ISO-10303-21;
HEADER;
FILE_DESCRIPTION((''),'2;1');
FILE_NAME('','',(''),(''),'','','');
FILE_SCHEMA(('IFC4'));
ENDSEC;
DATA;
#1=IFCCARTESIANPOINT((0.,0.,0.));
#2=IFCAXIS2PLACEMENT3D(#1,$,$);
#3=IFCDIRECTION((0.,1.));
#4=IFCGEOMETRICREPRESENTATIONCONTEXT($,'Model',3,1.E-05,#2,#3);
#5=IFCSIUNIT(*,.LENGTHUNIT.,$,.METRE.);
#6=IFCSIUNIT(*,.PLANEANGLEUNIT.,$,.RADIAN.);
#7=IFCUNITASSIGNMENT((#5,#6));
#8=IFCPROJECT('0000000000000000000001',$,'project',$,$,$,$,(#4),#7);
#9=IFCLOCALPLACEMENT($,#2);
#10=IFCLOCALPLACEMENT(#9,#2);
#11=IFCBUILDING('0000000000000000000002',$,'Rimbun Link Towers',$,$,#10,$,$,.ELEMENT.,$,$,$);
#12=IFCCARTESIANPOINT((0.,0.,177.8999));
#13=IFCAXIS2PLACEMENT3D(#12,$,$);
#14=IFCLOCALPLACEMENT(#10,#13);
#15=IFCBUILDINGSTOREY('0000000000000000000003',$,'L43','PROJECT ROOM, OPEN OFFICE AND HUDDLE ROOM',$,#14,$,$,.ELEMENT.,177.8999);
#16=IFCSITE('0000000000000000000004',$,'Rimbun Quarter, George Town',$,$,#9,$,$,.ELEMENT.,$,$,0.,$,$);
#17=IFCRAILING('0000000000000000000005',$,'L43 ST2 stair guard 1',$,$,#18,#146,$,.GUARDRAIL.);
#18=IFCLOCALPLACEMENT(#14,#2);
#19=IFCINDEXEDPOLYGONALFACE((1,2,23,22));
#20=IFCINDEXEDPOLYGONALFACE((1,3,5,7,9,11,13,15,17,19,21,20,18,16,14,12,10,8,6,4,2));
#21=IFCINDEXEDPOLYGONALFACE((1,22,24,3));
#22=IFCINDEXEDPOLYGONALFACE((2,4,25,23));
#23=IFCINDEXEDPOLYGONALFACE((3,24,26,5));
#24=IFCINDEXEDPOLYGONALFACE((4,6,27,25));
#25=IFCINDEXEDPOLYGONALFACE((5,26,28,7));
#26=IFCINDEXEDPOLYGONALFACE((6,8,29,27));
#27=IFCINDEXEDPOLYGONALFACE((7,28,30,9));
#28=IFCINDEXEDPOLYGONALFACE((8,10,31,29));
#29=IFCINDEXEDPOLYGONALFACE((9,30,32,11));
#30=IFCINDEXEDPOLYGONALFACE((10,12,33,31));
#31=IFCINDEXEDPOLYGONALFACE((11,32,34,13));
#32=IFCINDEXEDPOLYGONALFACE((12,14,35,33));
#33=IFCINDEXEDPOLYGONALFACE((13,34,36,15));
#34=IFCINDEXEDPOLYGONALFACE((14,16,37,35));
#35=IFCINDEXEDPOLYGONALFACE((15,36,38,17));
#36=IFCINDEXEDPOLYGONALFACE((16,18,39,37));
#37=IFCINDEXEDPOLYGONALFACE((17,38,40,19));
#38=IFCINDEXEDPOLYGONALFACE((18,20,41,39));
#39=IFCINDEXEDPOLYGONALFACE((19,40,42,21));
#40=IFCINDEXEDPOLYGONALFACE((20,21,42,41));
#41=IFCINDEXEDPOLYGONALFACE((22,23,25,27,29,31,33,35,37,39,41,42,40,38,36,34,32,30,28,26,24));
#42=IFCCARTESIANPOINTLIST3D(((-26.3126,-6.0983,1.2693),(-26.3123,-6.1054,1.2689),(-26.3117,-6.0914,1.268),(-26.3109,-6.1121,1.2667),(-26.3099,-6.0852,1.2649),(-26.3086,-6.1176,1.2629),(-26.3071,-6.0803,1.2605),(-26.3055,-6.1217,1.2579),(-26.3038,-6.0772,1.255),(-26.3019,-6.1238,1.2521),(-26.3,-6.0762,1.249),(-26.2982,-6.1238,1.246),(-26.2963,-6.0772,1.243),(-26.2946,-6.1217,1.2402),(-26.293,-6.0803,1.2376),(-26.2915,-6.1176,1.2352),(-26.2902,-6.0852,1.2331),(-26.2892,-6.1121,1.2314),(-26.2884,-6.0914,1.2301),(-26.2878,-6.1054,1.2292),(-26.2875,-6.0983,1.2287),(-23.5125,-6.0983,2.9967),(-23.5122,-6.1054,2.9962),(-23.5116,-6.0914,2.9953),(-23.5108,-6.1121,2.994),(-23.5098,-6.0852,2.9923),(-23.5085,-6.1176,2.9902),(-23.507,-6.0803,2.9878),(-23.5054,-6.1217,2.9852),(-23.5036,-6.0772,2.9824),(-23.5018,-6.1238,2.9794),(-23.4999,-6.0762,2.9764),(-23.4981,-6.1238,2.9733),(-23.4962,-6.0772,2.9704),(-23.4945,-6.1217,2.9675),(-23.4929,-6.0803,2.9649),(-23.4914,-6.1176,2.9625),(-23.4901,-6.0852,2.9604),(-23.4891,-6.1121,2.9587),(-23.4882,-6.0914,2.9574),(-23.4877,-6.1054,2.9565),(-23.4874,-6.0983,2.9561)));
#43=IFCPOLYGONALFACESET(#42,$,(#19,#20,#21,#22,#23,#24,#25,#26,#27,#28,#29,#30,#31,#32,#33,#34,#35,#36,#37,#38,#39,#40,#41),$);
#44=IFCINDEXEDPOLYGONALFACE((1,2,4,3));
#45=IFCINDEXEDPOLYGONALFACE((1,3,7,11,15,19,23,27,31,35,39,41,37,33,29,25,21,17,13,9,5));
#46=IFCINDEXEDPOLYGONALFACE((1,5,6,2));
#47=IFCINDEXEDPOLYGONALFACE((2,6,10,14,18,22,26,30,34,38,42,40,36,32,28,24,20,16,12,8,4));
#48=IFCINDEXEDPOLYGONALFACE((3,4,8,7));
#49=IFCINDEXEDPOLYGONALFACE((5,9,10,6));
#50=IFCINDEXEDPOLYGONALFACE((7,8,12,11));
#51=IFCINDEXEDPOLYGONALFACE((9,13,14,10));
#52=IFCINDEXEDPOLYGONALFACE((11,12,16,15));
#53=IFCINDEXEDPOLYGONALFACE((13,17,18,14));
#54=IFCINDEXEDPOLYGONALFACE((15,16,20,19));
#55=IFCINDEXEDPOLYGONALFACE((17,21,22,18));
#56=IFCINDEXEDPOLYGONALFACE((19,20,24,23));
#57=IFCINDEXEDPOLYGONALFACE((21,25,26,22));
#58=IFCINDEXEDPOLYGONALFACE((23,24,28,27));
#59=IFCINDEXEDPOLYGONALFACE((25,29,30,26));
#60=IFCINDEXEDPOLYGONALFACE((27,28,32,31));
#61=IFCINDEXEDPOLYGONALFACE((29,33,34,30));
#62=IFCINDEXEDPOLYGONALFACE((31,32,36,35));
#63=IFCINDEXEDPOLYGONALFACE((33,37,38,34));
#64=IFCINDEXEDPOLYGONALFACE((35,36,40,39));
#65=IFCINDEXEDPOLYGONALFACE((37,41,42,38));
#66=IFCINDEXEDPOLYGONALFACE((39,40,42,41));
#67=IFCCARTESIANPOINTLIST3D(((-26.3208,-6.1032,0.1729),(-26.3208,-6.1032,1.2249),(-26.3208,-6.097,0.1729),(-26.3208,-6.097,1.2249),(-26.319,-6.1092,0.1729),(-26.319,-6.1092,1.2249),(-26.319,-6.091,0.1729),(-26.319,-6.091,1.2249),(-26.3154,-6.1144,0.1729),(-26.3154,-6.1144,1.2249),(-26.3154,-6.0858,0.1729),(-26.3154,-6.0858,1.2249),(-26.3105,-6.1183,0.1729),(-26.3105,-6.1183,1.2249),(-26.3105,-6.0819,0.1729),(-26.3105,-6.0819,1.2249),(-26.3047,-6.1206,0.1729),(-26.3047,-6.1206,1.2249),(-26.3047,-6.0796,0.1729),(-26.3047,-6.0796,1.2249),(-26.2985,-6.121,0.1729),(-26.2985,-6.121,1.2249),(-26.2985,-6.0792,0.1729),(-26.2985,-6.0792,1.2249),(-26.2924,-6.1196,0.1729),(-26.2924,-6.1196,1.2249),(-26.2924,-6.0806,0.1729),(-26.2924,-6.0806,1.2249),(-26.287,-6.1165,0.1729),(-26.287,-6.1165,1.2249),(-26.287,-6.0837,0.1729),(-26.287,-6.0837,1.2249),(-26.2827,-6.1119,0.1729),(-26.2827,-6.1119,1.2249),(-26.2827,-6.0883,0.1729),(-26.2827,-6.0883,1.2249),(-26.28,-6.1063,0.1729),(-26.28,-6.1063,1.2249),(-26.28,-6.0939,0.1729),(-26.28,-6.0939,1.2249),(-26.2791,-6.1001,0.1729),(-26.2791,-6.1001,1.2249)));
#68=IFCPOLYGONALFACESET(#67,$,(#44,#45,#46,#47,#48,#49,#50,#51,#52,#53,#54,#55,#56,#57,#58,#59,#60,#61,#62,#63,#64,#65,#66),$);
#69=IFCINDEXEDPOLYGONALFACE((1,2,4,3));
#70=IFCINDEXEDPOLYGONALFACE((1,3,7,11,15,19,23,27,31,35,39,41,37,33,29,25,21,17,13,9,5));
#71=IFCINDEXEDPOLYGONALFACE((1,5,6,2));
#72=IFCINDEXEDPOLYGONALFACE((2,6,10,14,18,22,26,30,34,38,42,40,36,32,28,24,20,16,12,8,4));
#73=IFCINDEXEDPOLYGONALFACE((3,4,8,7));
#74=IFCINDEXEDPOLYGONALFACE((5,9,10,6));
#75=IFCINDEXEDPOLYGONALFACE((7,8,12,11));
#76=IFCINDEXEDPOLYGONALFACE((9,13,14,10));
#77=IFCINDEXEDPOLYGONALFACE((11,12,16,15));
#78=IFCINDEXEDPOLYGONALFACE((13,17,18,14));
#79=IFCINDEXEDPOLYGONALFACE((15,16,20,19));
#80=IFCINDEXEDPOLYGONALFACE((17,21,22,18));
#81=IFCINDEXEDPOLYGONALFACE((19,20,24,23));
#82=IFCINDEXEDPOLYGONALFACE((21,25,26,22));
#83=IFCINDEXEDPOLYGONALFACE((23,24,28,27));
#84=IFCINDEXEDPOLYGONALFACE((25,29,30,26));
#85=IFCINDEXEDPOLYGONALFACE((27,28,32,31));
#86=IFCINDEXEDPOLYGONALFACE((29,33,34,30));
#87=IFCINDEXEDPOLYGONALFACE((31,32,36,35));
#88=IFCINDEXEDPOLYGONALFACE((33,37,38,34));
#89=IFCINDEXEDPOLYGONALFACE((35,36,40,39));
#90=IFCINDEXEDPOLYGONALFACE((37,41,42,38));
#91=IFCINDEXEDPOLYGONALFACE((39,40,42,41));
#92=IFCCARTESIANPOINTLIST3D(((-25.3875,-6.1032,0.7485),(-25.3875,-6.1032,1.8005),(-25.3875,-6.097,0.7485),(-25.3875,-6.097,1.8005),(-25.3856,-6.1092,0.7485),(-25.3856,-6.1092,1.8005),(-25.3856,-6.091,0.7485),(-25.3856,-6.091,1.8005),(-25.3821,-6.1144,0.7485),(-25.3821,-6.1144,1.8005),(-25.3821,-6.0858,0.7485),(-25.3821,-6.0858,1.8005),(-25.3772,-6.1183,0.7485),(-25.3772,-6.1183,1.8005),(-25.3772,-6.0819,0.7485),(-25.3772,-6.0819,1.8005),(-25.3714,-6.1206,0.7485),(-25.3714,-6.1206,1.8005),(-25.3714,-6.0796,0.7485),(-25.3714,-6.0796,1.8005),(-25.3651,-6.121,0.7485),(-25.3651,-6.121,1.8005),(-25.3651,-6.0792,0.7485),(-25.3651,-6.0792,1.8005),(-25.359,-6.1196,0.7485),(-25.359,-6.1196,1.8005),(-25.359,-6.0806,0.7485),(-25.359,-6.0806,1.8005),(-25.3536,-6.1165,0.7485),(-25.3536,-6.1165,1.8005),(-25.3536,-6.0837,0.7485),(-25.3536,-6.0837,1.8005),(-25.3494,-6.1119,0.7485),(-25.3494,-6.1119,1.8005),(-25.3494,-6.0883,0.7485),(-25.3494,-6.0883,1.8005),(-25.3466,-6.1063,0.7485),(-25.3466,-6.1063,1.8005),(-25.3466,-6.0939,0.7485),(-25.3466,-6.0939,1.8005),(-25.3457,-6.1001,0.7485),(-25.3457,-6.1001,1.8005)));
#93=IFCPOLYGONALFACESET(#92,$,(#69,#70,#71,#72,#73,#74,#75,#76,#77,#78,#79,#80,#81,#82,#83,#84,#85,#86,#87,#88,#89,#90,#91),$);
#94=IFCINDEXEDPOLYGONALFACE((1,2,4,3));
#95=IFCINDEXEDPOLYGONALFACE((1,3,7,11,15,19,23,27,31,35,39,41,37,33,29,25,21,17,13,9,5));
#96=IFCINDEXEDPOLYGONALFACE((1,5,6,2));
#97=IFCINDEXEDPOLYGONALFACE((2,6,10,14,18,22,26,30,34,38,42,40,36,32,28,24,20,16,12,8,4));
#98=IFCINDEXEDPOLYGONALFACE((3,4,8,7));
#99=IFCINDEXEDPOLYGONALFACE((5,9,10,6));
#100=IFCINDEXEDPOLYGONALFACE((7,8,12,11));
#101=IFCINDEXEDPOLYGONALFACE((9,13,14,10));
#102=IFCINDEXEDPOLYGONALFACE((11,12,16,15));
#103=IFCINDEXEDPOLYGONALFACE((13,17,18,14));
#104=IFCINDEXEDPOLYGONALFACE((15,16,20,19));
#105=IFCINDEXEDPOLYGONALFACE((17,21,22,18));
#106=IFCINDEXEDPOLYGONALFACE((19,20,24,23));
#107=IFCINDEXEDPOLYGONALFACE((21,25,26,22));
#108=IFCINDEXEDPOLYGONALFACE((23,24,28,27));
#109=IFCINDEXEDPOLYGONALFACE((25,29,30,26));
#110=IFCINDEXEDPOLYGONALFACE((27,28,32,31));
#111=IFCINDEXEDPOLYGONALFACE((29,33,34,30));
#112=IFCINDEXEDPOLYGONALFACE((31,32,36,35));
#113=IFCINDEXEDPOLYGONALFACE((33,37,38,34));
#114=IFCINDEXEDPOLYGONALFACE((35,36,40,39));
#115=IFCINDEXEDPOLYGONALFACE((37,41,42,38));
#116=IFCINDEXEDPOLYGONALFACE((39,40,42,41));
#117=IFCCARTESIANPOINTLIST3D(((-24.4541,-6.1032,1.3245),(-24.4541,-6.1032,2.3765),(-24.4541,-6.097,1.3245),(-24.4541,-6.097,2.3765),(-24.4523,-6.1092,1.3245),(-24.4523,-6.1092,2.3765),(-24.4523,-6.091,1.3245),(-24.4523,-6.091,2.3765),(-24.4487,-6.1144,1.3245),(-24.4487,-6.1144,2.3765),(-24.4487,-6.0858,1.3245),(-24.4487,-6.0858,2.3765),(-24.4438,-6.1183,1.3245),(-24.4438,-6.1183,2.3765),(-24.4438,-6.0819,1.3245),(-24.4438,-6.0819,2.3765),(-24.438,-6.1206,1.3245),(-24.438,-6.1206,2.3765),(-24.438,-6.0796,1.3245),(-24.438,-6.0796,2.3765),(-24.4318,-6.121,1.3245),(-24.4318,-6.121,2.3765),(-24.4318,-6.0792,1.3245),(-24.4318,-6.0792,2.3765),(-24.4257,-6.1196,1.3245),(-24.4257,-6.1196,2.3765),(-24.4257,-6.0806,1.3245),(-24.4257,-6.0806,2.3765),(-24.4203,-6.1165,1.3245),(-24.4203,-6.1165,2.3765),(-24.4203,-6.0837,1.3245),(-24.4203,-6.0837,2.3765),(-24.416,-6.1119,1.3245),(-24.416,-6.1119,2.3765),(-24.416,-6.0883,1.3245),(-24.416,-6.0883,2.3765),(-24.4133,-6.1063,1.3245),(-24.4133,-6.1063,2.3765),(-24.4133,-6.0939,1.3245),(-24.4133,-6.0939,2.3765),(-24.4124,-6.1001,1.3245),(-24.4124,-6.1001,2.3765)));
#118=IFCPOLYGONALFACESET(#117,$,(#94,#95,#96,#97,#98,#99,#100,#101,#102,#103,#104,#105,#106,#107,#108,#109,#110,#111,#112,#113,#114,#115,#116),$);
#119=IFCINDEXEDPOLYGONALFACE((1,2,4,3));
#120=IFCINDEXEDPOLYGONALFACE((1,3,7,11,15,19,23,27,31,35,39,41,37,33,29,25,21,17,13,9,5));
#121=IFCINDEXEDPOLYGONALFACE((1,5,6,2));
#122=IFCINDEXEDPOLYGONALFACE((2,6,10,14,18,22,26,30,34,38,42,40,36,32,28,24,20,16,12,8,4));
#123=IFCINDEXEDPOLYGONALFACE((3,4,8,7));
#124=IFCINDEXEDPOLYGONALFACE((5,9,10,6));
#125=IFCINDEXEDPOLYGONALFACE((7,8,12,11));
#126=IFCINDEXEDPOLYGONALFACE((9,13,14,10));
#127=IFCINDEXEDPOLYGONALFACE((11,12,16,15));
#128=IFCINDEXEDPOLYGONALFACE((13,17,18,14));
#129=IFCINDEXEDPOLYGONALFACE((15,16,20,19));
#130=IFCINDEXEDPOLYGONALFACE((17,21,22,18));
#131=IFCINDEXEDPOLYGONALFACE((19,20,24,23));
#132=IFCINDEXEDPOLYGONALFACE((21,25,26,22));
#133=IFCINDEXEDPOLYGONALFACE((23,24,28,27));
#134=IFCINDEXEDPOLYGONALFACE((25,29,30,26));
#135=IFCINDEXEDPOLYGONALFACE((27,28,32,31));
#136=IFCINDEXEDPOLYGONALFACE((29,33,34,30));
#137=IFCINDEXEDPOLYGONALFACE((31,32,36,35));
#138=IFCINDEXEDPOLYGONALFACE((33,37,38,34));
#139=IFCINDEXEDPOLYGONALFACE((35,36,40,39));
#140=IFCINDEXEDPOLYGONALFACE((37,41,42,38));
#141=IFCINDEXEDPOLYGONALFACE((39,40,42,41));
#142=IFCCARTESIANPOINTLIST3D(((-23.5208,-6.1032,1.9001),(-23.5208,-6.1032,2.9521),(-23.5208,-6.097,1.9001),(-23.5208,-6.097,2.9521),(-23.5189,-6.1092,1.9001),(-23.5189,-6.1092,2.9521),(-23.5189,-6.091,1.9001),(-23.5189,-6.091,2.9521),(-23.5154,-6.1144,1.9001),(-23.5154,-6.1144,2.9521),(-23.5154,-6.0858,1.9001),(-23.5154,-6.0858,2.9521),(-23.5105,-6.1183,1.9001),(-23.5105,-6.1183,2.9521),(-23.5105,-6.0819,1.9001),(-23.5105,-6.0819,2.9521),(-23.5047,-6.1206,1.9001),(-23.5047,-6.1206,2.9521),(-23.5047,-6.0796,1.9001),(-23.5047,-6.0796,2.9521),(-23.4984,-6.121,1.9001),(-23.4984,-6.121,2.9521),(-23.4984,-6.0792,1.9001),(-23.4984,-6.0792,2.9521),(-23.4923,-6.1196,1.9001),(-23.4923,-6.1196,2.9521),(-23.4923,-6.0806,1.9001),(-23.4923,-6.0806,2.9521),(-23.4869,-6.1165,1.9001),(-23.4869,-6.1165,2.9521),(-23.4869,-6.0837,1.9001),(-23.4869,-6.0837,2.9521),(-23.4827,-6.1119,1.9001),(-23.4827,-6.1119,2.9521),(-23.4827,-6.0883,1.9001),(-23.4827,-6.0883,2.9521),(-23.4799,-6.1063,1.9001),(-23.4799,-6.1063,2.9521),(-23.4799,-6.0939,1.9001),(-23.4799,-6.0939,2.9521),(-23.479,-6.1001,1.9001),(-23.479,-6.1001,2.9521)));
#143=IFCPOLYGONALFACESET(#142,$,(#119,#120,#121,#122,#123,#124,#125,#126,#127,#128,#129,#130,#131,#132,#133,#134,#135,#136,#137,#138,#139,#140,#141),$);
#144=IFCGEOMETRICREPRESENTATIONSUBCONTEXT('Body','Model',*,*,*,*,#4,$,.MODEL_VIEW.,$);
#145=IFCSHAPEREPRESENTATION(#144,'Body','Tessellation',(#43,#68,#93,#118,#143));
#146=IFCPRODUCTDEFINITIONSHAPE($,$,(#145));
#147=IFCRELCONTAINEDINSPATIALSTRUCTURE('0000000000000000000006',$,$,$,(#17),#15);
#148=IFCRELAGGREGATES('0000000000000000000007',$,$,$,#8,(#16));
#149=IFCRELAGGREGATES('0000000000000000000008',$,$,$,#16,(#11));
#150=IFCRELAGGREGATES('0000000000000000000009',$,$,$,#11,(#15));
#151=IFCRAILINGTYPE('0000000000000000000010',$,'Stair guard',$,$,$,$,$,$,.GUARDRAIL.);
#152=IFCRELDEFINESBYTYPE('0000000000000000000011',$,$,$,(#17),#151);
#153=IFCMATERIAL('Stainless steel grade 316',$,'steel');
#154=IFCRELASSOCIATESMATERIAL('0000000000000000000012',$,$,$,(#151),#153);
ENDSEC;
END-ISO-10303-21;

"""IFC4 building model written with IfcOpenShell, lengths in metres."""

from ifc_helpers import new_model, si_unit, direction, frame, origin, origin_2d, place, context, subcontext, project, spatial, circle, extrude, material, type_object, element, save


model = new_model("IFC4")

# Units and contexts
model_context = context("Model", 3, precision=1e-05, world=origin(), true_north=direction((0.0, 1.0)))
body_context = subcontext(model_context, "Body", "Model", "MODEL_VIEW")
ifc_project = project(units=[si_unit("LENGTHUNIT", "METRE"), si_unit("PLANEANGLEUNIT", "RADIAN")], contexts=[model_context])

# Site, building, storey
site_placement = place(None, origin())
site = spatial("IfcSite", under=ifc_project, at=site_placement, Name="Rimbun Quarter, George Town", CompositionType="ELEMENT", RefElevation=0.0)
building_placement = place(site_placement, origin())
building = spatial("IfcBuilding", under=site, at=building_placement, Name="Rimbun Link Towers", CompositionType="ELEMENT")
storey_placement = place(building_placement, frame((0.0, 0.0, 177.8999)))
storey = spatial("IfcBuildingStorey", under=building, at=storey_placement, Name="L43", Description="PROJECT ROOM, OPEN OFFICE AND HUDDLE ROOM", CompositionType="ELEMENT", Elevation=177.8999)

# Railing
ifc_material_1 = material(Name="Stainless steel grade 316", Category="steel")
railing_type_1 = type_object("IfcRailingType", Name="Stair guard", PredefinedType="GUARDRAIL", material=ifc_material_1)
railing_1_placement = place(storey_placement, frame((-26.3, -6.1001, 0.1729)))
element("IfcRailing", 1, at=railing_1_placement, inside=storey, type_object=railing_type_1, Name="L43 ST2 stair guard 1", PredefinedType="GUARDRAIL", context=body_context, shape_type="SweptSolid", body=[
    extrude(circle(Radius=0.0239, at=origin_2d()), frame((0.0, 0.0, 1.0762), z_axis=(0.85109, 0.0, 0.52502), x_axis=(0.0, 1.0, 0.0)), (0.0, 0.0, 1.0), 3.29),
    extrude(circle(Radius=0.021, at=origin_2d()), origin(), (0.0, 0.0, 1.0), 1.052),
    extrude(circle(Radius=0.021, at=origin_2d()), frame((0.9333, 0.0, 0.5757)), (0.0, 0.0, 1.0), 1.052),
    extrude(circle(Radius=0.021, at=origin_2d()), frame((1.8667, 0.0, 1.1516)), (0.0, 0.0, 1.0), 1.052),
    extrude(circle(Radius=0.021, at=origin_2d()), frame((2.8, 0.0, 1.7273)), (0.0, 0.0, 1.0), 1.052),
])

save(model, "model.ifc")
